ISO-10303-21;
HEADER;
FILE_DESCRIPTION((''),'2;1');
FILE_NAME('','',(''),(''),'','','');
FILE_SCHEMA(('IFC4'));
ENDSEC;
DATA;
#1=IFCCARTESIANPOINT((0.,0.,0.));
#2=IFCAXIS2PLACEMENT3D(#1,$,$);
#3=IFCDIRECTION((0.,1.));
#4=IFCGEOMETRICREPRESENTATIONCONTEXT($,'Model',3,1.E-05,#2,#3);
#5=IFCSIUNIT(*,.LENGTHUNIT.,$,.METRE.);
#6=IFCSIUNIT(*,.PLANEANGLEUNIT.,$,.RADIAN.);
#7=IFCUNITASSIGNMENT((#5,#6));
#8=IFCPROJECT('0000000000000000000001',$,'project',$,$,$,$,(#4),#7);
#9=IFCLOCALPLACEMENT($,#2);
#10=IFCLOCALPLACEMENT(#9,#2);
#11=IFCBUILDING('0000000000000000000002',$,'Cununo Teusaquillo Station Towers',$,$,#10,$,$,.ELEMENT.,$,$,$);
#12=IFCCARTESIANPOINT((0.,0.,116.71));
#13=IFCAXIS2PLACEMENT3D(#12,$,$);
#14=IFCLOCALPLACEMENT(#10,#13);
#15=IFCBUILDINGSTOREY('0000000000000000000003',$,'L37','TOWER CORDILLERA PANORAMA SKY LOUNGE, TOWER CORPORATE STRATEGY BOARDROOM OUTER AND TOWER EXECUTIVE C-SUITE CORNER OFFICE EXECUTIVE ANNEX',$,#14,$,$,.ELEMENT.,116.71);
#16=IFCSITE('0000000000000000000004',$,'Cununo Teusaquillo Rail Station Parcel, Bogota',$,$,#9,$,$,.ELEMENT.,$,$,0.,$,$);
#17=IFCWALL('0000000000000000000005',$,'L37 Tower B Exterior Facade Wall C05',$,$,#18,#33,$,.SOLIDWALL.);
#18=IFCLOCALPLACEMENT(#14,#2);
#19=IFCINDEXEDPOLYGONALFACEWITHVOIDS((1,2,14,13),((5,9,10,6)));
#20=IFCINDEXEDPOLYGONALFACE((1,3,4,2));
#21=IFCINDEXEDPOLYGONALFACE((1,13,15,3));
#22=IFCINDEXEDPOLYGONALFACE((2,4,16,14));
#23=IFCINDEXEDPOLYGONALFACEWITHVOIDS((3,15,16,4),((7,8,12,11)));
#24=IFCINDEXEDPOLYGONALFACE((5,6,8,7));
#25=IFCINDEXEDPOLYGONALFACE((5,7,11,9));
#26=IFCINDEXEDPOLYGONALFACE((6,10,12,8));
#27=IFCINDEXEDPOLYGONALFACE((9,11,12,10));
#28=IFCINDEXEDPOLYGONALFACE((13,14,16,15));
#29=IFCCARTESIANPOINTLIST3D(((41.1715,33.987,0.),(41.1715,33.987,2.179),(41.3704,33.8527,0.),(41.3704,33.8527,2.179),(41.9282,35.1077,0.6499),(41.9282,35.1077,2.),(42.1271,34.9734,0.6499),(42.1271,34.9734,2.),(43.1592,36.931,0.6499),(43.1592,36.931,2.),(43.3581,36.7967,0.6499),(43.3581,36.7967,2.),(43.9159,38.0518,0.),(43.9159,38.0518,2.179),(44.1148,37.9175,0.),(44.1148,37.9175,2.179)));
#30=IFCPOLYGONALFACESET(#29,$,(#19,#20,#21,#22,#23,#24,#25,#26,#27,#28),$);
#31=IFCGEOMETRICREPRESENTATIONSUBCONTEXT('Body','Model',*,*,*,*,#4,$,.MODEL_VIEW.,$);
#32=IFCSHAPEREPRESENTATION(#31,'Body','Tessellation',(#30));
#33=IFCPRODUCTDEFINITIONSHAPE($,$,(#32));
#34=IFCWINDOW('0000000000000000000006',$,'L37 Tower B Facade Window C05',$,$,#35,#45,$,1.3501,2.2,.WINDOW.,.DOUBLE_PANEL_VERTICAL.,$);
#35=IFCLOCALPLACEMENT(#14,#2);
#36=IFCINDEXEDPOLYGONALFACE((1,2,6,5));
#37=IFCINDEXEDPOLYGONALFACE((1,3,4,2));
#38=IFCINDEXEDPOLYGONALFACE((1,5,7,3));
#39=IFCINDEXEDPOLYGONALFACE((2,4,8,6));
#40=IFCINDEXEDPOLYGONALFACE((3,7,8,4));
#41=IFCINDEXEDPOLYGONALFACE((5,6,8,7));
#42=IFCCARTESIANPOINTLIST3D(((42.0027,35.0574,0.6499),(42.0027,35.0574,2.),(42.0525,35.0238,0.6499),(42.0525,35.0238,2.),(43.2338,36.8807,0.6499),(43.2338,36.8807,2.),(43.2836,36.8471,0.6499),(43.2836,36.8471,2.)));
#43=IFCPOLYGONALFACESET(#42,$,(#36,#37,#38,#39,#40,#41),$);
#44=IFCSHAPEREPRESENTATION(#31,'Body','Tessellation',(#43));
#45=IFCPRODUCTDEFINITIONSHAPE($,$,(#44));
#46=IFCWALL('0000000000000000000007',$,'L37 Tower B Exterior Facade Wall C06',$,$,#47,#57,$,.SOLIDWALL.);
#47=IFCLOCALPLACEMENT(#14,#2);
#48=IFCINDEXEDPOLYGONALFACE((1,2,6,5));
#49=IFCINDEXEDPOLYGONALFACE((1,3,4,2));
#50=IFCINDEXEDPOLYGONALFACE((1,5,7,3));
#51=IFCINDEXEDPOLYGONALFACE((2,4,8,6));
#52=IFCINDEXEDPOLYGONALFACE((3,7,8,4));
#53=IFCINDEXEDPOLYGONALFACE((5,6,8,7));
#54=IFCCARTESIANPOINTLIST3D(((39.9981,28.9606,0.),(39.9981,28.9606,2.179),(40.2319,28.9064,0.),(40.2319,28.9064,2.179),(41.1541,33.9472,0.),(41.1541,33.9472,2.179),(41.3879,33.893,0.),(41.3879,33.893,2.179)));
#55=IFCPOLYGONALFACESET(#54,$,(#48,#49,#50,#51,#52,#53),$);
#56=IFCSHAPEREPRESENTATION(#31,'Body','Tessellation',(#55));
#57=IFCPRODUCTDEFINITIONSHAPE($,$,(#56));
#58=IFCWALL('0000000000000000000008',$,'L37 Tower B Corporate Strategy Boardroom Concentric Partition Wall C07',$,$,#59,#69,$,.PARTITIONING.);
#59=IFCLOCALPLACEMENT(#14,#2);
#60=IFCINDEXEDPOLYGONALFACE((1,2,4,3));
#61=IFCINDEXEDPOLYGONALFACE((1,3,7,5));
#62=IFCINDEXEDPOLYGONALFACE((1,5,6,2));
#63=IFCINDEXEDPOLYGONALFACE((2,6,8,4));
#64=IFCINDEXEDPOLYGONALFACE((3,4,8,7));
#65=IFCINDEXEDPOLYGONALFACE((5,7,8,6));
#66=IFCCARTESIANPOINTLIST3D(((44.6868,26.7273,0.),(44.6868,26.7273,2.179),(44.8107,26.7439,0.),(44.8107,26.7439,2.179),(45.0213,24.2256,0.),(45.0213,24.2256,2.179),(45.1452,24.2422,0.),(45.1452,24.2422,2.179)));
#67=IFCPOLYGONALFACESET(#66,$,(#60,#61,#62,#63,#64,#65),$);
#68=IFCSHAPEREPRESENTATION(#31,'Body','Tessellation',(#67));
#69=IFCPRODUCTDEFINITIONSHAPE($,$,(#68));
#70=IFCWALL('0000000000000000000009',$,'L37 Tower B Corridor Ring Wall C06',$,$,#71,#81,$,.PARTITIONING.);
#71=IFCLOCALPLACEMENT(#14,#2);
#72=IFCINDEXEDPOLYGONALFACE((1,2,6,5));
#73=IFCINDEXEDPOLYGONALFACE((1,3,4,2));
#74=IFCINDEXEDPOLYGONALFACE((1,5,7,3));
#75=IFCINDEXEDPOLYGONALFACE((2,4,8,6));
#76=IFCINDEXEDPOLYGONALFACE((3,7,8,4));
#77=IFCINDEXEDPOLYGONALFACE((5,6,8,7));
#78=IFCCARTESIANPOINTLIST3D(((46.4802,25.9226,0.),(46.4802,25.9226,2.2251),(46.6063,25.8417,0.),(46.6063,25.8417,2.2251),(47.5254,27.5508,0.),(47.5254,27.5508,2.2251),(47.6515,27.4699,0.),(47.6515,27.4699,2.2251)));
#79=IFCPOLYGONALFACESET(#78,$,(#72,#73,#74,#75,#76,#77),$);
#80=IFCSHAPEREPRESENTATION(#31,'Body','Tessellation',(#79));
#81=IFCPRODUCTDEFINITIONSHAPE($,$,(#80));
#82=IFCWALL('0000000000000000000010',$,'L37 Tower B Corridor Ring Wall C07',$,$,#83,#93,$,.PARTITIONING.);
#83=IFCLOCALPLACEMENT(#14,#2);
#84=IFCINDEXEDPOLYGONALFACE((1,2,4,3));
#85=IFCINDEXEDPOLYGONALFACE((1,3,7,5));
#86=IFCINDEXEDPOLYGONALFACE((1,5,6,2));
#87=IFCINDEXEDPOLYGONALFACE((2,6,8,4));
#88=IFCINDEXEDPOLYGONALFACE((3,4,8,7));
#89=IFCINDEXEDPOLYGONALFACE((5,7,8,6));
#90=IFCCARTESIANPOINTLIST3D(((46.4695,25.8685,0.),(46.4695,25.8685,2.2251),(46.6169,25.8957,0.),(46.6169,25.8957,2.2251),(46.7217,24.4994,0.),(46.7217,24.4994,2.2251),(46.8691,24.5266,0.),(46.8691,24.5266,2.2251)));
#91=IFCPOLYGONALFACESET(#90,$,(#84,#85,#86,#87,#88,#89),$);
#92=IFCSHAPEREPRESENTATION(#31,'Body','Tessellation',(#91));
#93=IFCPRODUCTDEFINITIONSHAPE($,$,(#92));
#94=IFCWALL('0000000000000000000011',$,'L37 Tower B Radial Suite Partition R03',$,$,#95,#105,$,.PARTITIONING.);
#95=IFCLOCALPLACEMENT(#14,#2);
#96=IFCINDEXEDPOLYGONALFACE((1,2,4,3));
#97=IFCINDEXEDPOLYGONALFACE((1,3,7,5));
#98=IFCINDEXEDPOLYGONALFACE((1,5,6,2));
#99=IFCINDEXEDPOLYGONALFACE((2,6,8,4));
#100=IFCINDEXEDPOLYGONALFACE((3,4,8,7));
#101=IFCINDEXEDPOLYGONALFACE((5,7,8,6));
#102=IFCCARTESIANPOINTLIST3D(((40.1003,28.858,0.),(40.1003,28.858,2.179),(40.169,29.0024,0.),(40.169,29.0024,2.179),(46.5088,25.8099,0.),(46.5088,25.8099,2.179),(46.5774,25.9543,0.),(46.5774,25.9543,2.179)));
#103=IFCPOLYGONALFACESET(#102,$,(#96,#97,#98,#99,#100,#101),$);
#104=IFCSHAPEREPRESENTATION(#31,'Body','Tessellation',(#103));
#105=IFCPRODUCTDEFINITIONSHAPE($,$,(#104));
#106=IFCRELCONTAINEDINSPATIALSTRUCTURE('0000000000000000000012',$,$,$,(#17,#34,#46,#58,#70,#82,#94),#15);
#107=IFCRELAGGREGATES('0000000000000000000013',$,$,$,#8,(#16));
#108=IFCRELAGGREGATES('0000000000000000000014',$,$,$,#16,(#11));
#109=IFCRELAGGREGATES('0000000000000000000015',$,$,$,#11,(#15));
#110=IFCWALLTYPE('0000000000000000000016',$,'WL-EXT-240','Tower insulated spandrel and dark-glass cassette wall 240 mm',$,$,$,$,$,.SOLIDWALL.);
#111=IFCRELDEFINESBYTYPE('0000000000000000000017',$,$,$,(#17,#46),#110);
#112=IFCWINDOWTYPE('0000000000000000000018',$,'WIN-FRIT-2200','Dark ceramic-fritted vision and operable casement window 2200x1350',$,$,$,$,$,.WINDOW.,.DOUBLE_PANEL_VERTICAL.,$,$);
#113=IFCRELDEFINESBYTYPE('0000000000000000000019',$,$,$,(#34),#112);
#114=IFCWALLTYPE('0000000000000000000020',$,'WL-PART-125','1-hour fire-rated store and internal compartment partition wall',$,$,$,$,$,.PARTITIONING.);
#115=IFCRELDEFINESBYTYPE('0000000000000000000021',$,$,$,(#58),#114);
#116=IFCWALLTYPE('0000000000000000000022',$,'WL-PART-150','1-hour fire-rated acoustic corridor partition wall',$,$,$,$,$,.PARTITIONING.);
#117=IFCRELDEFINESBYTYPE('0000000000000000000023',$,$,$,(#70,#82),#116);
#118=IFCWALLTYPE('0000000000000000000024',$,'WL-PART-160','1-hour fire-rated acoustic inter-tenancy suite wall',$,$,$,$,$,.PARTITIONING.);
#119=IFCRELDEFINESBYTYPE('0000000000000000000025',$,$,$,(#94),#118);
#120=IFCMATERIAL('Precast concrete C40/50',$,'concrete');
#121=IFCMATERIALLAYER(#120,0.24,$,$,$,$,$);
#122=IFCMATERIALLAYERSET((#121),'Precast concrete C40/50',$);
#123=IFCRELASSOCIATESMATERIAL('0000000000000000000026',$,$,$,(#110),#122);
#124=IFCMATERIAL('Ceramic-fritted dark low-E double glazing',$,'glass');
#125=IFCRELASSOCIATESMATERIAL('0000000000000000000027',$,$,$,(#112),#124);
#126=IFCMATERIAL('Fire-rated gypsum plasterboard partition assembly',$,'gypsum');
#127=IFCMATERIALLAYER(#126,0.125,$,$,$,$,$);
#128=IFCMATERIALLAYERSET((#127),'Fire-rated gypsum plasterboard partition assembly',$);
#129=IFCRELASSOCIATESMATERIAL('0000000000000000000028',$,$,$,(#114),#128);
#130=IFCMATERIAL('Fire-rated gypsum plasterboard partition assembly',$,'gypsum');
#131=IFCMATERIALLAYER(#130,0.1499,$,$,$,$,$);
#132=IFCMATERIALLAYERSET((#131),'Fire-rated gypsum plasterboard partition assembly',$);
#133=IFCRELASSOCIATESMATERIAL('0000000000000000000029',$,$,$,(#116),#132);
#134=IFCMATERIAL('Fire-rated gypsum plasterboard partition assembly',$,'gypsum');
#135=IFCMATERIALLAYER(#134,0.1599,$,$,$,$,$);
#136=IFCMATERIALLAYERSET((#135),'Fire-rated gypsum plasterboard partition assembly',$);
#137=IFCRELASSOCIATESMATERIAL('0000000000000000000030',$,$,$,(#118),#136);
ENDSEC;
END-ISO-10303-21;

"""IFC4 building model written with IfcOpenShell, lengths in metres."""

from ifc_helpers import new_model, si_unit, direction, frame, frame_2d, origin, place, context, subcontext, project, spatial, rectangle, extrude, source, transform, mapped, material, layer, layer_set, type_object, element, fill, save


model = new_model("IFC4")

# Units and contexts
model_context = context("Model", 3, precision=1e-05, world=origin(), true_north=direction((0.0, 1.0)))
body_context = subcontext(model_context, "Body", "Model", "MODEL_VIEW")
ifc_project = project(units=[si_unit("LENGTHUNIT", "METRE"), si_unit("PLANEANGLEUNIT", "RADIAN")], contexts=[model_context])

# Site, building, storey
site_placement = place(None, origin())
site = spatial("IfcSite", under=ifc_project, at=site_placement, Name="Cununo Teusaquillo Rail Station Parcel, Bogota", CompositionType="ELEMENT", RefElevation=0.0)
building_placement = place(site_placement, origin())
building = spatial("IfcBuilding", under=site, at=building_placement, Name="Cununo Teusaquillo Station Towers", CompositionType="ELEMENT")
storey_placement = place(building_placement, frame((0.0, 0.0, 116.71)))
storey = spatial("IfcBuildingStorey", under=building, at=storey_placement, Name="L37", Description="TOWER CORDILLERA PANORAMA SKY LOUNGE, TOWER CORPORATE STRATEGY BOARDROOM OUTER AND TOWER EXECUTIVE C-SUITE CORNER OFFICE EXECUTIVE ANNEX", CompositionType="ELEMENT", Elevation=116.71)

# Shared definitions
ifc_material_1 = material(Name="Precast concrete C40/50", Category="concrete")
ifc_layer_1 = layer(ifc_material_1, 0.24)
ifc_layer_set_1 = layer_set([ifc_layer_1], Name="Precast concrete C40/50")
wall_type_1 = type_object("IfcWallType", Name="WL-EXT-240", Description="Tower insulated spandrel and dark-glass cassette wall 240 mm", PredefinedType="SOLIDWALL", material=ifc_layer_set_1)

# Wall, opening, window
wall_1_placement = place(storey_placement, frame((41.271, 33.9199, 0.0), z_axis=(0.0, 0.0, 1.0), x_axis=(0.559573, 0.828781, 0.0)))
wall_1 = element("IfcWall", 1, at=wall_1_placement, inside=storey, type_object=wall_type_1, Name="L37 Tower B Exterior Facade Wall C05", PredefinedType="SOLIDWALL", context=body_context, shape_type="SweptSolid", body=[
    extrude(rectangle(XDim=4.9045, YDim=0.24, at=frame_2d((2.4521, 0.0))), origin(), (0.0, 0.0, 1.0), 2.179),
])
shared_shape_1 = source(origin(), body_context, "Body", "SweptSolid", [
    extrude(rectangle(XDim=2.2, YDim=1.3501, at=frame_2d((1.1001, 0.675))), frame((0.0, 0.1299, 0.0), z_axis=(0.0, -1.0, 0.0), x_axis=(1.0, 0.0, 0.0)), (0.0, 0.0, 1.0), 0.26),
])
opening_1_placement = place(wall_1_placement, frame((1.3521, 0.0, 0.6499)))
opening_1 = element("IfcOpeningElement", 2, at=opening_1_placement, cuts=wall_1, PredefinedType="OPENING", context=body_context, shape_type="MappedRepresentation", body=[
    mapped(shared_shape_1, transform((0.0, 0.0, 0.0), x_axis=(1.0, 0.0, 0.0), y_axis=(0.0, 1.0, 0.0), z_axis=(0.0, 0.0, 1.0), scale=1.0)),
])
ifc_material_2 = material(Name="Ceramic-fritted dark low-E double glazing", Category="glass")
window_type_1 = type_object("IfcWindowType", Name="WIN-FRIT-2200", Description="Dark ceramic-fritted vision and operable casement window 2200x1350", PartitioningType="DOUBLE_PANEL_VERTICAL", PredefinedType="WINDOW", material=ifc_material_2)
shared_shape_2 = source(origin(), body_context, "Body", "SweptSolid", [
    extrude(rectangle(XDim=2.2, YDim=1.3501, at=frame_2d((1.1001, 0.675))), frame((0.0, 0.03, 0.0), z_axis=(0.0, -1.0, 0.0), x_axis=(1.0, 0.0, 0.0)), (0.0, 0.0, 1.0), 0.0601),
])
window_1_placement = place(opening_1_placement, origin())
window_1 = element("IfcWindow", 3, at=window_1_placement, inside=storey, type_object=window_type_1, Name="L37 Tower B Facade Window C05", OverallHeight=1.3501, OverallWidth=2.2, PartitioningType="DOUBLE_PANEL_VERTICAL", PredefinedType="WINDOW", context=body_context, shape_type="MappedRepresentation", body=[
    mapped(shared_shape_2, transform((0.0, 0.0, 0.0), x_axis=(1.0, 0.0, 0.0), y_axis=(0.0, 1.0, 0.0), z_axis=(0.0, 0.0, 1.0), scale=1.0)),
])
fill(opening_1, window_1)

# Walls
wall_2_placement = place(storey_placement, frame((40.115, 28.9333, 0.0), z_axis=(0.0, 0.0, 1.0), x_axis=(0.225835, 0.974166, 0.0)))
element("IfcWall", 4, at=wall_2_placement, inside=storey, type_object=wall_type_1, Name="L37 Tower B Exterior Facade Wall C06", PredefinedType="SOLIDWALL", context=body_context, shape_type="SweptSolid", body=[
    extrude(rectangle(XDim=5.1189, YDim=0.24, at=frame_2d((2.5596, 0.0))), origin(), (0.0, 0.0, 1.0), 2.179),
])
ifc_material_3 = material(Name="Fire-rated gypsum plasterboard partition assembly", Category="gypsum")
ifc_layer_2 = layer(ifc_material_3, 0.125)
ifc_layer_set_2 = layer_set([ifc_layer_2], Name="Fire-rated gypsum plasterboard partition assembly")
wall_type_2 = type_object("IfcWallType", Name="WL-PART-125", Description="1-hour fire-rated store and internal compartment partition wall", PredefinedType="PARTITIONING", material=ifc_layer_set_2)
wall_3_placement = place(storey_placement, frame((44.7488, 26.7356, 0.0), z_axis=(0.0, 0.0, 1.0), x_axis=(0.132519, -0.991181, 0.0)))
element("IfcWall", 5, at=wall_3_placement, inside=storey, type_object=wall_type_2, Name="L37 Tower B Corporate Strategy Boardroom Concentric Partition Wall C07", PredefinedType="PARTITIONING", context=body_context, shape_type="SweptSolid", body=[
    extrude(rectangle(XDim=2.5239, YDim=0.125, at=frame_2d((1.262, 0.0))), origin(), (0.0, 0.0, 1.0), 2.179),
])
ifc_material_4 = material(Name="Fire-rated gypsum plasterboard partition assembly", Category="gypsum")
ifc_layer_3 = layer(ifc_material_4, 0.1499)
ifc_layer_set_3 = layer_set([ifc_layer_3], Name="Fire-rated gypsum plasterboard partition assembly")
wall_type_3 = type_object("IfcWallType", Name="WL-PART-150", Description="1-hour fire-rated acoustic corridor partition wall", PredefinedType="PARTITIONING", material=ifc_layer_set_3)
wall_4_placement = place(storey_placement, frame((47.5884, 27.5103, 0.0), z_axis=(0.0, 0.0, 1.0), x_axis=(-0.540203, -0.841535, 0.0)))
element("IfcWall", 6, at=wall_4_placement, inside=storey, type_object=wall_type_3, Name="L37 Tower B Corridor Ring Wall C06", PredefinedType="PARTITIONING", context=body_context, shape_type="SweptSolid", body=[
    extrude(rectangle(XDim=1.9348, YDim=0.1499, at=frame_2d((0.9673, 0.0))), origin(), (0.0, 0.0, 1.0), 2.2251),
])
wall_5_placement = place(storey_placement, frame((46.5432, 25.8821, 0.0), z_axis=(0.0, 0.0, 1.0), x_axis=(0.181154, -0.983455, 0.0)))
element("IfcWall", 7, at=wall_5_placement, inside=storey, type_object=wall_type_3, Name="L37 Tower B Corridor Ring Wall C07", PredefinedType="PARTITIONING", context=body_context, shape_type="SweptSolid", body=[
    extrude(rectangle(XDim=1.3921, YDim=0.1499, at=frame_2d((0.696, 0.0))), origin(), (0.0, 0.0, 1.0), 2.2251),
])
ifc_material_5 = material(Name="Fire-rated gypsum plasterboard partition assembly", Category="gypsum")
ifc_layer_4 = layer(ifc_material_5, 0.1599)
ifc_layer_set_4 = layer_set([ifc_layer_4], Name="Fire-rated gypsum plasterboard partition assembly")
wall_type_4 = type_object("IfcWallType", Name="WL-PART-160", Description="1-hour fire-rated acoustic inter-tenancy suite wall", PredefinedType="PARTITIONING", material=ifc_layer_set_4)
wall_6_placement = place(storey_placement, frame((46.5432, 25.8821, 0.0), z_axis=(0.0, 0.0, 1.0), x_axis=(-0.903054, 0.429526, 0.0)))
element("IfcWall", 8, at=wall_6_placement, inside=storey, type_object=wall_type_4, Name="L37 Tower B Radial Suite Partition R03", PredefinedType="PARTITIONING", context=body_context, shape_type="SweptSolid", body=[
    extrude(rectangle(XDim=7.0964, YDim=0.1599, at=frame_2d((3.5483, 0.0))), origin(), (0.0, 0.0, 1.0), 2.179),
])

save(model, "model.ifc")
